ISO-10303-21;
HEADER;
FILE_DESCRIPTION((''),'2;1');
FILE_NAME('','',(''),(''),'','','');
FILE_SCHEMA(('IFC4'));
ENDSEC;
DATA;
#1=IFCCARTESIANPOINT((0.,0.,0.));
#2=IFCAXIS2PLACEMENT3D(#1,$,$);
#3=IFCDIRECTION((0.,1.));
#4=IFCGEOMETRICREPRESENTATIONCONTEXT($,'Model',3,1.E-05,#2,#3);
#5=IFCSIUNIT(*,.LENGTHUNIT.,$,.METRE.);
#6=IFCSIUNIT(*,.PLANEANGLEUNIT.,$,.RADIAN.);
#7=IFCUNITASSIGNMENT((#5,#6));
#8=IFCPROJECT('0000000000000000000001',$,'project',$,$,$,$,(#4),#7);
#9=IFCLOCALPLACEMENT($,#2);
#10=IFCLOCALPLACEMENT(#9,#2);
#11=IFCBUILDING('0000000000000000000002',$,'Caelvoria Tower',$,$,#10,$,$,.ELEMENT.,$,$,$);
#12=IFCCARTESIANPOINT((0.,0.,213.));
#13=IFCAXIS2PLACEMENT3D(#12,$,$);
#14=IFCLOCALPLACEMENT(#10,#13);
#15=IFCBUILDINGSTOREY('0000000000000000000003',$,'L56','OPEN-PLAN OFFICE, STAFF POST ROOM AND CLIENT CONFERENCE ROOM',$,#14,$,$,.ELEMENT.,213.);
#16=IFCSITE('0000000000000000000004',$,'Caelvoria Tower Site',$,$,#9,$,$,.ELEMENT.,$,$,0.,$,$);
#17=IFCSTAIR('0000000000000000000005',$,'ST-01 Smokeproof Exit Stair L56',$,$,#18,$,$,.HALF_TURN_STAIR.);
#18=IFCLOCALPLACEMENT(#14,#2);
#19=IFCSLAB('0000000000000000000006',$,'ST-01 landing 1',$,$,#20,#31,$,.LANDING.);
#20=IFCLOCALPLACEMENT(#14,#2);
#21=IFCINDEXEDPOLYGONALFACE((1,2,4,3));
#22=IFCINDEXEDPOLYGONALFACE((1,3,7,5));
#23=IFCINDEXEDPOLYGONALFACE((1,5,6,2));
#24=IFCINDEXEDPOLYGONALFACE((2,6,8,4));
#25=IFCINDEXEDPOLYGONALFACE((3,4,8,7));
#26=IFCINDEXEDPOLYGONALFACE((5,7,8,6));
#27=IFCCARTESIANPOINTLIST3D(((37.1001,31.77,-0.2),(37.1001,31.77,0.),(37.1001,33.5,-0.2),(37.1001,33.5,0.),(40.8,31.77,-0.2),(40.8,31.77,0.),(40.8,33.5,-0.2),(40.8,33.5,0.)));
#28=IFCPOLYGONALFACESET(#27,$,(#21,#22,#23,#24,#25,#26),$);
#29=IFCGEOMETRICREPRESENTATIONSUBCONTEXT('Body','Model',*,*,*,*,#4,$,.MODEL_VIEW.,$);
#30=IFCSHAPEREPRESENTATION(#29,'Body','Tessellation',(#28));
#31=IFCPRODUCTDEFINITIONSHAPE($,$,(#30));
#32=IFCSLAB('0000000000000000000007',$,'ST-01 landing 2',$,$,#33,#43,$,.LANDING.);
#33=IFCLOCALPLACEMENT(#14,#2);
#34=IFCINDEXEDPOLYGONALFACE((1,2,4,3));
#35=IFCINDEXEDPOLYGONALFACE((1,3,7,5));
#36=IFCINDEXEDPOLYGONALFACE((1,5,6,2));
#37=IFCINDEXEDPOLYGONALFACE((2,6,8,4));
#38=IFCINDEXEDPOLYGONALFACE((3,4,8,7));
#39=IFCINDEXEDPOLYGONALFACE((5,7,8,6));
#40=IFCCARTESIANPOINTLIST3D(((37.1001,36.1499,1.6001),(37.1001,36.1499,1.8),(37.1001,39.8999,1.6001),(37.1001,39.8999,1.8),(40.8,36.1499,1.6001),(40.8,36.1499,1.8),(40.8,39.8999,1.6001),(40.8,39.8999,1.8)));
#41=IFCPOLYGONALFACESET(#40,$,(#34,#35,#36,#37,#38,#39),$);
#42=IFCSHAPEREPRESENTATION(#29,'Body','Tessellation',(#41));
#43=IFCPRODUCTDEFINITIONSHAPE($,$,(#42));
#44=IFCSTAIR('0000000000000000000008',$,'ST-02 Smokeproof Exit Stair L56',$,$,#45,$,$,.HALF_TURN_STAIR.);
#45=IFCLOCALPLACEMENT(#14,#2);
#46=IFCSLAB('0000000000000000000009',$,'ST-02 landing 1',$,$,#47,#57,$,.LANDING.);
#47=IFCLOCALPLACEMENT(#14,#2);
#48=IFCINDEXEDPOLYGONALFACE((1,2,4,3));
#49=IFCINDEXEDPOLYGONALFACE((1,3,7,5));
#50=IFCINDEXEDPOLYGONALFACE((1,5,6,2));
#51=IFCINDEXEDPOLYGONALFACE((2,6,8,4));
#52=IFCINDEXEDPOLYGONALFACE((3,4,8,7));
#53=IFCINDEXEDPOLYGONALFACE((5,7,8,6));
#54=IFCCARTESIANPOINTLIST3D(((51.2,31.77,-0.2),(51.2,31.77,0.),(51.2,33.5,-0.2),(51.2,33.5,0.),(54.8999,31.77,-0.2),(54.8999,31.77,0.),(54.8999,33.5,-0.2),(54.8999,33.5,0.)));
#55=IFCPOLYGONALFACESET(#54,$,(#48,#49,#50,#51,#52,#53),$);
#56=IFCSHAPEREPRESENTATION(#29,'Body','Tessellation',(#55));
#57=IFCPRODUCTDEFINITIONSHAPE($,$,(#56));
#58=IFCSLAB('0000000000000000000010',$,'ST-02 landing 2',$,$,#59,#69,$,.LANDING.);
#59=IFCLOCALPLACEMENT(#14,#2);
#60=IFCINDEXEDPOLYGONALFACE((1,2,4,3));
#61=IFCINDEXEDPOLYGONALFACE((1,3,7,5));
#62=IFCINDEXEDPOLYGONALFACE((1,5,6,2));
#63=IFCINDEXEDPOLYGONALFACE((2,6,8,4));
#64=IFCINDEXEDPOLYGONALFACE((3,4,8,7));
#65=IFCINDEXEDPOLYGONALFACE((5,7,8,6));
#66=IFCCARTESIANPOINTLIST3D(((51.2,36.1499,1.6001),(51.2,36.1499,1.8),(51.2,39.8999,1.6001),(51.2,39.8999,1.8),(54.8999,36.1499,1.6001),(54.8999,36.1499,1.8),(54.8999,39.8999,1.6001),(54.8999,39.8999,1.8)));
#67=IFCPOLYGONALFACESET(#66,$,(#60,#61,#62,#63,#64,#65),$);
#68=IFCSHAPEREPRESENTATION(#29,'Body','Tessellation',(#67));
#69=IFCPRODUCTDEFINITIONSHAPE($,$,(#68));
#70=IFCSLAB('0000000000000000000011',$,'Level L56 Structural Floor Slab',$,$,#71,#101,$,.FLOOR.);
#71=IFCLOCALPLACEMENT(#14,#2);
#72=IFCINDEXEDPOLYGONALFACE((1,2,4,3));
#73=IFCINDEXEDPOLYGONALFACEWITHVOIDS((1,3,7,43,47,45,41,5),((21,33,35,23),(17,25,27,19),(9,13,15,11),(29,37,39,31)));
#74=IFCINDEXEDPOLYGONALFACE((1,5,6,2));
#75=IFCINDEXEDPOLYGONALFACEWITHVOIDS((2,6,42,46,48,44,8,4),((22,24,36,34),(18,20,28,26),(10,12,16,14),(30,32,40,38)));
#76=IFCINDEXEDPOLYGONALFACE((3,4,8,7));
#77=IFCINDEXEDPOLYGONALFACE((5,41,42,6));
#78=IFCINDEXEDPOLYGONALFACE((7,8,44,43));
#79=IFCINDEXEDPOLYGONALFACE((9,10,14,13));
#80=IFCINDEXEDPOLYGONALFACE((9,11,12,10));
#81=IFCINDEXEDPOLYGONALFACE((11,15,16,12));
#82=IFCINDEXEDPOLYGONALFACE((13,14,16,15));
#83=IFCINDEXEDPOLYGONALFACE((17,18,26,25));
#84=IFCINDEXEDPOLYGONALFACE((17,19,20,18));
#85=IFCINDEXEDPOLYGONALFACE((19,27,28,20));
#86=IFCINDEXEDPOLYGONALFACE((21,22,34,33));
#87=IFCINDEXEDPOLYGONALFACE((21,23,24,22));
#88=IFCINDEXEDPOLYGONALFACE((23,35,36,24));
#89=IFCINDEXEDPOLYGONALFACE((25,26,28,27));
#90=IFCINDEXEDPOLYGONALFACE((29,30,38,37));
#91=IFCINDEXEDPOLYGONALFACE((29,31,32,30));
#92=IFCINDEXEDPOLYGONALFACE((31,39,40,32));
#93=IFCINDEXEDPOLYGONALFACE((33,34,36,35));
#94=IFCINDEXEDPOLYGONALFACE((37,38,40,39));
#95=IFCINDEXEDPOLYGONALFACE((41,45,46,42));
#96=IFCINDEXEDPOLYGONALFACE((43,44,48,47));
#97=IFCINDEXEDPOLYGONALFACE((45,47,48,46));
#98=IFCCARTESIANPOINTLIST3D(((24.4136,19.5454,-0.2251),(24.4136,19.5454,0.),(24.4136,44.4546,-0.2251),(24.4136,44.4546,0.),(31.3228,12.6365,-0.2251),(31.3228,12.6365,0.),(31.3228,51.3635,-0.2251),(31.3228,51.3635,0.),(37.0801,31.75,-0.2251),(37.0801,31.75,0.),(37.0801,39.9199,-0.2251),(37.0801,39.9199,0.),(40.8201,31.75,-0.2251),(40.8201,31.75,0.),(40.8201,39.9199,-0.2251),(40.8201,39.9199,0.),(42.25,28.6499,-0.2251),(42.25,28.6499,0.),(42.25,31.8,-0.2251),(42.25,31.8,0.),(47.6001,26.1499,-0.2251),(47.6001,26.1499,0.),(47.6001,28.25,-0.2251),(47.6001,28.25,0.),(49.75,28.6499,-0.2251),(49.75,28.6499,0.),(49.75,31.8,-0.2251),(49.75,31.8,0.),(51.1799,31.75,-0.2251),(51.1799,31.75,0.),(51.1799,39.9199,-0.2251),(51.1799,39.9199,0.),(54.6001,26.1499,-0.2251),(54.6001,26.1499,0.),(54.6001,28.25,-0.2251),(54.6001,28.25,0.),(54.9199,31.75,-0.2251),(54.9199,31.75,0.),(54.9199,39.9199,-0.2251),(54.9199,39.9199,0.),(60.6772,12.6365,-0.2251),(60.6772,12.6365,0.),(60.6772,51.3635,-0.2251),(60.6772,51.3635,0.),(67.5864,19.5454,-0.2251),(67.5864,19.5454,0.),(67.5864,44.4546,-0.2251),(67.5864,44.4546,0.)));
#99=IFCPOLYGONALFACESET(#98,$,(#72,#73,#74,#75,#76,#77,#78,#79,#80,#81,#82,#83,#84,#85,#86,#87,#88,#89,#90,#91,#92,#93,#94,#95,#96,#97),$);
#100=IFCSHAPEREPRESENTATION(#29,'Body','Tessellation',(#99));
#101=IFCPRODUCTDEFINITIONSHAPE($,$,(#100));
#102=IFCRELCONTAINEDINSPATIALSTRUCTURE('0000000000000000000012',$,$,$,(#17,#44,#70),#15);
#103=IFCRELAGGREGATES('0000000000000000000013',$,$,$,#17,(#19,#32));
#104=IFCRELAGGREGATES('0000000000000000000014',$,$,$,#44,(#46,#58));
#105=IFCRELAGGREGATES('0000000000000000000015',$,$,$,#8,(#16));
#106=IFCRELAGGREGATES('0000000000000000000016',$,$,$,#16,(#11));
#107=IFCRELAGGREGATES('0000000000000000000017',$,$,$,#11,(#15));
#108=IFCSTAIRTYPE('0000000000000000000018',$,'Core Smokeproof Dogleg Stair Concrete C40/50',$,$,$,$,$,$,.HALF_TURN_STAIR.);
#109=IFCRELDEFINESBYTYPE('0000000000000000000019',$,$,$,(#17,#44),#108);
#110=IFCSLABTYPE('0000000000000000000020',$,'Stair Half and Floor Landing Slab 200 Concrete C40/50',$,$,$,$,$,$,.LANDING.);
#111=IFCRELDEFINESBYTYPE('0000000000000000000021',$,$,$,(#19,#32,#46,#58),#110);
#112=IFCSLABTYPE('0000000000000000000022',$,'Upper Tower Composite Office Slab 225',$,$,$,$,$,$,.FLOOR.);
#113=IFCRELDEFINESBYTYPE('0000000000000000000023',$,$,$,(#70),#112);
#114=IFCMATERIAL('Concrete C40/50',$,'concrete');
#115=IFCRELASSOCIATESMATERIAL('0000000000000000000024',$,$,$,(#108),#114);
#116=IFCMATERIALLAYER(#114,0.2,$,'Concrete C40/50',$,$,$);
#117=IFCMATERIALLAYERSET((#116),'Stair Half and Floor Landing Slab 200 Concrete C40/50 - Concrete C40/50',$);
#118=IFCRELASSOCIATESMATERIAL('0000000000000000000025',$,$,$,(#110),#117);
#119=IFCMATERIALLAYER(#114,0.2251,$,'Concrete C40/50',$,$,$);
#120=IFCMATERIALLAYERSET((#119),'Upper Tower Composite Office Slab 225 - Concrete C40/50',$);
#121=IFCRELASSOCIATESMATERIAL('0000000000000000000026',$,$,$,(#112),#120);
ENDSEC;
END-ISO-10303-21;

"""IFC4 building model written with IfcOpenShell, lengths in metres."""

from ifc_helpers import new_model, si_unit, direction, frame, origin, place, context, subcontext, project, spatial, polyline, outline, extrude, material, layer, layer_set, type_object, element, aggregate, save


model = new_model("IFC4")

# Units and contexts
model_context = context("Model", 3, precision=1e-05, world=origin(), true_north=direction((0.0, 1.0)))
body_context = subcontext(model_context, "Body", "Model", "MODEL_VIEW")
ifc_project = project(units=[si_unit("LENGTHUNIT", "METRE"), si_unit("PLANEANGLEUNIT", "RADIAN")], contexts=[model_context])

# Site, building, storey
site_placement = place(None, origin())
site = spatial("IfcSite", under=ifc_project, at=site_placement, Name="Caelvoria Tower Site", CompositionType="ELEMENT", RefElevation=0.0)
building_placement = place(site_placement, origin())
building = spatial("IfcBuilding", under=site, at=building_placement, Name="Caelvoria Tower", CompositionType="ELEMENT")
storey_placement = place(building_placement, frame((0.0, 0.0, 213.0)))
storey = spatial("IfcBuildingStorey", under=building, at=storey_placement, Name="L56", Description="OPEN-PLAN OFFICE, STAFF POST ROOM AND CLIENT CONFERENCE ROOM", CompositionType="ELEMENT", Elevation=213.0)

# Stairs, slabs
ifc_material_1 = material(Name="Concrete C40/50", Category="concrete")
stair_type = type_object("IfcStairType", Name="Core Smokeproof Dogleg Stair Concrete C40/50", PredefinedType="HALF_TURN_STAIR", material=ifc_material_1)
stair_1_placement = place(storey_placement, origin())
stair_1 = element("IfcStair", 1, at=stair_1_placement, inside=storey, type_object=stair_type, Name="ST-01 Smokeproof Exit Stair L56", PredefinedType="HALF_TURN_STAIR")
ifc_layer_1 = layer(ifc_material_1, 0.2, Name="Concrete C40/50")
ifc_layer_set_1 = layer_set([ifc_layer_1], Name="Stair Half and Floor Landing Slab 200 Concrete C40/50 - Concrete C40/50")
slab_type_1 = type_object("IfcSlabType", Name="Stair Half and Floor Landing Slab 200 Concrete C40/50", PredefinedType="LANDING", material=ifc_layer_set_1)
slab_1_placement = place(storey_placement, frame((0.0, 0.0, -0.2)))
slab_1 = element("IfcSlab", 2, at=slab_1_placement, type_object=slab_type_1, Name="ST-01 landing 1", PredefinedType="LANDING", context=body_context, shape_type="SweptSolid", body=[
    extrude(outline(polyline([(37.1001, 31.77), (40.8, 31.77), (40.8, 33.5), (37.1001, 33.5), (37.1001, 31.77)])), origin(), (0.0, 0.0, 1.0), 0.2),
])
slab_2_placement = place(storey_placement, frame((0.0, 0.0, 1.6001)))
slab_2 = element("IfcSlab", 3, at=slab_2_placement, type_object=slab_type_1, Name="ST-01 landing 2", PredefinedType="LANDING", context=body_context, shape_type="SweptSolid", body=[
    extrude(outline(polyline([(37.1001, 36.1499), (40.8, 36.1499), (40.8, 39.8999), (37.1001, 39.8999), (37.1001, 36.1499)])), origin(), (0.0, 0.0, 1.0), 0.2),
])
aggregate(stair_1, [slab_1, slab_2])
stair_2_placement = place(storey_placement, origin())
stair_2 = element("IfcStair", 4, at=stair_2_placement, inside=storey, type_object=stair_type, Name="ST-02 Smokeproof Exit Stair L56", PredefinedType="HALF_TURN_STAIR")
slab_3_placement = place(storey_placement, frame((0.0, 0.0, -0.2)))
slab_3 = element("IfcSlab", 5, at=slab_3_placement, type_object=slab_type_1, Name="ST-02 landing 1", PredefinedType="LANDING", context=body_context, shape_type="SweptSolid", body=[
    extrude(outline(polyline([(51.2, 31.77), (54.8999, 31.77), (54.8999, 33.5), (51.2, 33.5), (51.2, 31.77)])), origin(), (0.0, 0.0, 1.0), 0.2),
])
slab_4_placement = place(storey_placement, frame((0.0, 0.0, 1.6001)))
slab_4 = element("IfcSlab", 6, at=slab_4_placement, type_object=slab_type_1, Name="ST-02 landing 2", PredefinedType="LANDING", context=body_context, shape_type="SweptSolid", body=[
    extrude(outline(polyline([(51.2, 36.1499), (54.8999, 36.1499), (54.8999, 39.8999), (51.2, 39.8999), (51.2, 36.1499)])), origin(), (0.0, 0.0, 1.0), 0.2),
])
aggregate(stair_2, [slab_3, slab_4])

# Slab
ifc_layer_2 = layer(ifc_material_1, 0.2251, Name="Concrete C40/50")
ifc_layer_set_2 = layer_set([ifc_layer_2], Name="Upper Tower Composite Office Slab 225 - Concrete C40/50")
slab_type_2 = type_object("IfcSlabType", Name="Upper Tower Composite Office Slab 225", PredefinedType="FLOOR", material=ifc_layer_set_2)
slab_5_placement = place(storey_placement, frame((0.0, 0.0, -0.2251)))
element("IfcSlab", 7, at=slab_5_placement, inside=storey, type_object=slab_type_2, Name="Level L56 Structural Floor Slab", PredefinedType="FLOOR", context=body_context, shape_type="SweptSolid", body=[
    extrude(outline(polyline([(31.3228, 12.6365), (60.6772, 12.6365), (67.5864, 19.5454), (67.5864, 44.4546), (60.6772, 51.3635), (31.3228, 51.3635), (24.4136, 44.4546), (24.4136, 19.5454), (31.3228, 12.6365)]), holes=[polyline([(37.0801, 31.75), (40.8201, 31.75), (40.8201, 39.9199), (37.0801, 39.9199), (37.0801, 31.75)]), polyline([(51.1799, 31.75), (54.9199, 31.75), (54.9199, 39.9199), (51.1799, 39.9199), (51.1799, 31.75)]), polyline([(42.25, 28.6499), (49.75, 28.6499), (49.75, 31.8), (42.25, 31.8), (42.25, 28.6499)]), polyline([(47.6001, 26.1499), (54.6001, 26.1499), (54.6001, 28.25), (47.6001, 28.25), (47.6001, 26.1499)])]), origin(), (0.0, 0.0, 1.0), 0.2251),
])

save(model, "model.ifc")
